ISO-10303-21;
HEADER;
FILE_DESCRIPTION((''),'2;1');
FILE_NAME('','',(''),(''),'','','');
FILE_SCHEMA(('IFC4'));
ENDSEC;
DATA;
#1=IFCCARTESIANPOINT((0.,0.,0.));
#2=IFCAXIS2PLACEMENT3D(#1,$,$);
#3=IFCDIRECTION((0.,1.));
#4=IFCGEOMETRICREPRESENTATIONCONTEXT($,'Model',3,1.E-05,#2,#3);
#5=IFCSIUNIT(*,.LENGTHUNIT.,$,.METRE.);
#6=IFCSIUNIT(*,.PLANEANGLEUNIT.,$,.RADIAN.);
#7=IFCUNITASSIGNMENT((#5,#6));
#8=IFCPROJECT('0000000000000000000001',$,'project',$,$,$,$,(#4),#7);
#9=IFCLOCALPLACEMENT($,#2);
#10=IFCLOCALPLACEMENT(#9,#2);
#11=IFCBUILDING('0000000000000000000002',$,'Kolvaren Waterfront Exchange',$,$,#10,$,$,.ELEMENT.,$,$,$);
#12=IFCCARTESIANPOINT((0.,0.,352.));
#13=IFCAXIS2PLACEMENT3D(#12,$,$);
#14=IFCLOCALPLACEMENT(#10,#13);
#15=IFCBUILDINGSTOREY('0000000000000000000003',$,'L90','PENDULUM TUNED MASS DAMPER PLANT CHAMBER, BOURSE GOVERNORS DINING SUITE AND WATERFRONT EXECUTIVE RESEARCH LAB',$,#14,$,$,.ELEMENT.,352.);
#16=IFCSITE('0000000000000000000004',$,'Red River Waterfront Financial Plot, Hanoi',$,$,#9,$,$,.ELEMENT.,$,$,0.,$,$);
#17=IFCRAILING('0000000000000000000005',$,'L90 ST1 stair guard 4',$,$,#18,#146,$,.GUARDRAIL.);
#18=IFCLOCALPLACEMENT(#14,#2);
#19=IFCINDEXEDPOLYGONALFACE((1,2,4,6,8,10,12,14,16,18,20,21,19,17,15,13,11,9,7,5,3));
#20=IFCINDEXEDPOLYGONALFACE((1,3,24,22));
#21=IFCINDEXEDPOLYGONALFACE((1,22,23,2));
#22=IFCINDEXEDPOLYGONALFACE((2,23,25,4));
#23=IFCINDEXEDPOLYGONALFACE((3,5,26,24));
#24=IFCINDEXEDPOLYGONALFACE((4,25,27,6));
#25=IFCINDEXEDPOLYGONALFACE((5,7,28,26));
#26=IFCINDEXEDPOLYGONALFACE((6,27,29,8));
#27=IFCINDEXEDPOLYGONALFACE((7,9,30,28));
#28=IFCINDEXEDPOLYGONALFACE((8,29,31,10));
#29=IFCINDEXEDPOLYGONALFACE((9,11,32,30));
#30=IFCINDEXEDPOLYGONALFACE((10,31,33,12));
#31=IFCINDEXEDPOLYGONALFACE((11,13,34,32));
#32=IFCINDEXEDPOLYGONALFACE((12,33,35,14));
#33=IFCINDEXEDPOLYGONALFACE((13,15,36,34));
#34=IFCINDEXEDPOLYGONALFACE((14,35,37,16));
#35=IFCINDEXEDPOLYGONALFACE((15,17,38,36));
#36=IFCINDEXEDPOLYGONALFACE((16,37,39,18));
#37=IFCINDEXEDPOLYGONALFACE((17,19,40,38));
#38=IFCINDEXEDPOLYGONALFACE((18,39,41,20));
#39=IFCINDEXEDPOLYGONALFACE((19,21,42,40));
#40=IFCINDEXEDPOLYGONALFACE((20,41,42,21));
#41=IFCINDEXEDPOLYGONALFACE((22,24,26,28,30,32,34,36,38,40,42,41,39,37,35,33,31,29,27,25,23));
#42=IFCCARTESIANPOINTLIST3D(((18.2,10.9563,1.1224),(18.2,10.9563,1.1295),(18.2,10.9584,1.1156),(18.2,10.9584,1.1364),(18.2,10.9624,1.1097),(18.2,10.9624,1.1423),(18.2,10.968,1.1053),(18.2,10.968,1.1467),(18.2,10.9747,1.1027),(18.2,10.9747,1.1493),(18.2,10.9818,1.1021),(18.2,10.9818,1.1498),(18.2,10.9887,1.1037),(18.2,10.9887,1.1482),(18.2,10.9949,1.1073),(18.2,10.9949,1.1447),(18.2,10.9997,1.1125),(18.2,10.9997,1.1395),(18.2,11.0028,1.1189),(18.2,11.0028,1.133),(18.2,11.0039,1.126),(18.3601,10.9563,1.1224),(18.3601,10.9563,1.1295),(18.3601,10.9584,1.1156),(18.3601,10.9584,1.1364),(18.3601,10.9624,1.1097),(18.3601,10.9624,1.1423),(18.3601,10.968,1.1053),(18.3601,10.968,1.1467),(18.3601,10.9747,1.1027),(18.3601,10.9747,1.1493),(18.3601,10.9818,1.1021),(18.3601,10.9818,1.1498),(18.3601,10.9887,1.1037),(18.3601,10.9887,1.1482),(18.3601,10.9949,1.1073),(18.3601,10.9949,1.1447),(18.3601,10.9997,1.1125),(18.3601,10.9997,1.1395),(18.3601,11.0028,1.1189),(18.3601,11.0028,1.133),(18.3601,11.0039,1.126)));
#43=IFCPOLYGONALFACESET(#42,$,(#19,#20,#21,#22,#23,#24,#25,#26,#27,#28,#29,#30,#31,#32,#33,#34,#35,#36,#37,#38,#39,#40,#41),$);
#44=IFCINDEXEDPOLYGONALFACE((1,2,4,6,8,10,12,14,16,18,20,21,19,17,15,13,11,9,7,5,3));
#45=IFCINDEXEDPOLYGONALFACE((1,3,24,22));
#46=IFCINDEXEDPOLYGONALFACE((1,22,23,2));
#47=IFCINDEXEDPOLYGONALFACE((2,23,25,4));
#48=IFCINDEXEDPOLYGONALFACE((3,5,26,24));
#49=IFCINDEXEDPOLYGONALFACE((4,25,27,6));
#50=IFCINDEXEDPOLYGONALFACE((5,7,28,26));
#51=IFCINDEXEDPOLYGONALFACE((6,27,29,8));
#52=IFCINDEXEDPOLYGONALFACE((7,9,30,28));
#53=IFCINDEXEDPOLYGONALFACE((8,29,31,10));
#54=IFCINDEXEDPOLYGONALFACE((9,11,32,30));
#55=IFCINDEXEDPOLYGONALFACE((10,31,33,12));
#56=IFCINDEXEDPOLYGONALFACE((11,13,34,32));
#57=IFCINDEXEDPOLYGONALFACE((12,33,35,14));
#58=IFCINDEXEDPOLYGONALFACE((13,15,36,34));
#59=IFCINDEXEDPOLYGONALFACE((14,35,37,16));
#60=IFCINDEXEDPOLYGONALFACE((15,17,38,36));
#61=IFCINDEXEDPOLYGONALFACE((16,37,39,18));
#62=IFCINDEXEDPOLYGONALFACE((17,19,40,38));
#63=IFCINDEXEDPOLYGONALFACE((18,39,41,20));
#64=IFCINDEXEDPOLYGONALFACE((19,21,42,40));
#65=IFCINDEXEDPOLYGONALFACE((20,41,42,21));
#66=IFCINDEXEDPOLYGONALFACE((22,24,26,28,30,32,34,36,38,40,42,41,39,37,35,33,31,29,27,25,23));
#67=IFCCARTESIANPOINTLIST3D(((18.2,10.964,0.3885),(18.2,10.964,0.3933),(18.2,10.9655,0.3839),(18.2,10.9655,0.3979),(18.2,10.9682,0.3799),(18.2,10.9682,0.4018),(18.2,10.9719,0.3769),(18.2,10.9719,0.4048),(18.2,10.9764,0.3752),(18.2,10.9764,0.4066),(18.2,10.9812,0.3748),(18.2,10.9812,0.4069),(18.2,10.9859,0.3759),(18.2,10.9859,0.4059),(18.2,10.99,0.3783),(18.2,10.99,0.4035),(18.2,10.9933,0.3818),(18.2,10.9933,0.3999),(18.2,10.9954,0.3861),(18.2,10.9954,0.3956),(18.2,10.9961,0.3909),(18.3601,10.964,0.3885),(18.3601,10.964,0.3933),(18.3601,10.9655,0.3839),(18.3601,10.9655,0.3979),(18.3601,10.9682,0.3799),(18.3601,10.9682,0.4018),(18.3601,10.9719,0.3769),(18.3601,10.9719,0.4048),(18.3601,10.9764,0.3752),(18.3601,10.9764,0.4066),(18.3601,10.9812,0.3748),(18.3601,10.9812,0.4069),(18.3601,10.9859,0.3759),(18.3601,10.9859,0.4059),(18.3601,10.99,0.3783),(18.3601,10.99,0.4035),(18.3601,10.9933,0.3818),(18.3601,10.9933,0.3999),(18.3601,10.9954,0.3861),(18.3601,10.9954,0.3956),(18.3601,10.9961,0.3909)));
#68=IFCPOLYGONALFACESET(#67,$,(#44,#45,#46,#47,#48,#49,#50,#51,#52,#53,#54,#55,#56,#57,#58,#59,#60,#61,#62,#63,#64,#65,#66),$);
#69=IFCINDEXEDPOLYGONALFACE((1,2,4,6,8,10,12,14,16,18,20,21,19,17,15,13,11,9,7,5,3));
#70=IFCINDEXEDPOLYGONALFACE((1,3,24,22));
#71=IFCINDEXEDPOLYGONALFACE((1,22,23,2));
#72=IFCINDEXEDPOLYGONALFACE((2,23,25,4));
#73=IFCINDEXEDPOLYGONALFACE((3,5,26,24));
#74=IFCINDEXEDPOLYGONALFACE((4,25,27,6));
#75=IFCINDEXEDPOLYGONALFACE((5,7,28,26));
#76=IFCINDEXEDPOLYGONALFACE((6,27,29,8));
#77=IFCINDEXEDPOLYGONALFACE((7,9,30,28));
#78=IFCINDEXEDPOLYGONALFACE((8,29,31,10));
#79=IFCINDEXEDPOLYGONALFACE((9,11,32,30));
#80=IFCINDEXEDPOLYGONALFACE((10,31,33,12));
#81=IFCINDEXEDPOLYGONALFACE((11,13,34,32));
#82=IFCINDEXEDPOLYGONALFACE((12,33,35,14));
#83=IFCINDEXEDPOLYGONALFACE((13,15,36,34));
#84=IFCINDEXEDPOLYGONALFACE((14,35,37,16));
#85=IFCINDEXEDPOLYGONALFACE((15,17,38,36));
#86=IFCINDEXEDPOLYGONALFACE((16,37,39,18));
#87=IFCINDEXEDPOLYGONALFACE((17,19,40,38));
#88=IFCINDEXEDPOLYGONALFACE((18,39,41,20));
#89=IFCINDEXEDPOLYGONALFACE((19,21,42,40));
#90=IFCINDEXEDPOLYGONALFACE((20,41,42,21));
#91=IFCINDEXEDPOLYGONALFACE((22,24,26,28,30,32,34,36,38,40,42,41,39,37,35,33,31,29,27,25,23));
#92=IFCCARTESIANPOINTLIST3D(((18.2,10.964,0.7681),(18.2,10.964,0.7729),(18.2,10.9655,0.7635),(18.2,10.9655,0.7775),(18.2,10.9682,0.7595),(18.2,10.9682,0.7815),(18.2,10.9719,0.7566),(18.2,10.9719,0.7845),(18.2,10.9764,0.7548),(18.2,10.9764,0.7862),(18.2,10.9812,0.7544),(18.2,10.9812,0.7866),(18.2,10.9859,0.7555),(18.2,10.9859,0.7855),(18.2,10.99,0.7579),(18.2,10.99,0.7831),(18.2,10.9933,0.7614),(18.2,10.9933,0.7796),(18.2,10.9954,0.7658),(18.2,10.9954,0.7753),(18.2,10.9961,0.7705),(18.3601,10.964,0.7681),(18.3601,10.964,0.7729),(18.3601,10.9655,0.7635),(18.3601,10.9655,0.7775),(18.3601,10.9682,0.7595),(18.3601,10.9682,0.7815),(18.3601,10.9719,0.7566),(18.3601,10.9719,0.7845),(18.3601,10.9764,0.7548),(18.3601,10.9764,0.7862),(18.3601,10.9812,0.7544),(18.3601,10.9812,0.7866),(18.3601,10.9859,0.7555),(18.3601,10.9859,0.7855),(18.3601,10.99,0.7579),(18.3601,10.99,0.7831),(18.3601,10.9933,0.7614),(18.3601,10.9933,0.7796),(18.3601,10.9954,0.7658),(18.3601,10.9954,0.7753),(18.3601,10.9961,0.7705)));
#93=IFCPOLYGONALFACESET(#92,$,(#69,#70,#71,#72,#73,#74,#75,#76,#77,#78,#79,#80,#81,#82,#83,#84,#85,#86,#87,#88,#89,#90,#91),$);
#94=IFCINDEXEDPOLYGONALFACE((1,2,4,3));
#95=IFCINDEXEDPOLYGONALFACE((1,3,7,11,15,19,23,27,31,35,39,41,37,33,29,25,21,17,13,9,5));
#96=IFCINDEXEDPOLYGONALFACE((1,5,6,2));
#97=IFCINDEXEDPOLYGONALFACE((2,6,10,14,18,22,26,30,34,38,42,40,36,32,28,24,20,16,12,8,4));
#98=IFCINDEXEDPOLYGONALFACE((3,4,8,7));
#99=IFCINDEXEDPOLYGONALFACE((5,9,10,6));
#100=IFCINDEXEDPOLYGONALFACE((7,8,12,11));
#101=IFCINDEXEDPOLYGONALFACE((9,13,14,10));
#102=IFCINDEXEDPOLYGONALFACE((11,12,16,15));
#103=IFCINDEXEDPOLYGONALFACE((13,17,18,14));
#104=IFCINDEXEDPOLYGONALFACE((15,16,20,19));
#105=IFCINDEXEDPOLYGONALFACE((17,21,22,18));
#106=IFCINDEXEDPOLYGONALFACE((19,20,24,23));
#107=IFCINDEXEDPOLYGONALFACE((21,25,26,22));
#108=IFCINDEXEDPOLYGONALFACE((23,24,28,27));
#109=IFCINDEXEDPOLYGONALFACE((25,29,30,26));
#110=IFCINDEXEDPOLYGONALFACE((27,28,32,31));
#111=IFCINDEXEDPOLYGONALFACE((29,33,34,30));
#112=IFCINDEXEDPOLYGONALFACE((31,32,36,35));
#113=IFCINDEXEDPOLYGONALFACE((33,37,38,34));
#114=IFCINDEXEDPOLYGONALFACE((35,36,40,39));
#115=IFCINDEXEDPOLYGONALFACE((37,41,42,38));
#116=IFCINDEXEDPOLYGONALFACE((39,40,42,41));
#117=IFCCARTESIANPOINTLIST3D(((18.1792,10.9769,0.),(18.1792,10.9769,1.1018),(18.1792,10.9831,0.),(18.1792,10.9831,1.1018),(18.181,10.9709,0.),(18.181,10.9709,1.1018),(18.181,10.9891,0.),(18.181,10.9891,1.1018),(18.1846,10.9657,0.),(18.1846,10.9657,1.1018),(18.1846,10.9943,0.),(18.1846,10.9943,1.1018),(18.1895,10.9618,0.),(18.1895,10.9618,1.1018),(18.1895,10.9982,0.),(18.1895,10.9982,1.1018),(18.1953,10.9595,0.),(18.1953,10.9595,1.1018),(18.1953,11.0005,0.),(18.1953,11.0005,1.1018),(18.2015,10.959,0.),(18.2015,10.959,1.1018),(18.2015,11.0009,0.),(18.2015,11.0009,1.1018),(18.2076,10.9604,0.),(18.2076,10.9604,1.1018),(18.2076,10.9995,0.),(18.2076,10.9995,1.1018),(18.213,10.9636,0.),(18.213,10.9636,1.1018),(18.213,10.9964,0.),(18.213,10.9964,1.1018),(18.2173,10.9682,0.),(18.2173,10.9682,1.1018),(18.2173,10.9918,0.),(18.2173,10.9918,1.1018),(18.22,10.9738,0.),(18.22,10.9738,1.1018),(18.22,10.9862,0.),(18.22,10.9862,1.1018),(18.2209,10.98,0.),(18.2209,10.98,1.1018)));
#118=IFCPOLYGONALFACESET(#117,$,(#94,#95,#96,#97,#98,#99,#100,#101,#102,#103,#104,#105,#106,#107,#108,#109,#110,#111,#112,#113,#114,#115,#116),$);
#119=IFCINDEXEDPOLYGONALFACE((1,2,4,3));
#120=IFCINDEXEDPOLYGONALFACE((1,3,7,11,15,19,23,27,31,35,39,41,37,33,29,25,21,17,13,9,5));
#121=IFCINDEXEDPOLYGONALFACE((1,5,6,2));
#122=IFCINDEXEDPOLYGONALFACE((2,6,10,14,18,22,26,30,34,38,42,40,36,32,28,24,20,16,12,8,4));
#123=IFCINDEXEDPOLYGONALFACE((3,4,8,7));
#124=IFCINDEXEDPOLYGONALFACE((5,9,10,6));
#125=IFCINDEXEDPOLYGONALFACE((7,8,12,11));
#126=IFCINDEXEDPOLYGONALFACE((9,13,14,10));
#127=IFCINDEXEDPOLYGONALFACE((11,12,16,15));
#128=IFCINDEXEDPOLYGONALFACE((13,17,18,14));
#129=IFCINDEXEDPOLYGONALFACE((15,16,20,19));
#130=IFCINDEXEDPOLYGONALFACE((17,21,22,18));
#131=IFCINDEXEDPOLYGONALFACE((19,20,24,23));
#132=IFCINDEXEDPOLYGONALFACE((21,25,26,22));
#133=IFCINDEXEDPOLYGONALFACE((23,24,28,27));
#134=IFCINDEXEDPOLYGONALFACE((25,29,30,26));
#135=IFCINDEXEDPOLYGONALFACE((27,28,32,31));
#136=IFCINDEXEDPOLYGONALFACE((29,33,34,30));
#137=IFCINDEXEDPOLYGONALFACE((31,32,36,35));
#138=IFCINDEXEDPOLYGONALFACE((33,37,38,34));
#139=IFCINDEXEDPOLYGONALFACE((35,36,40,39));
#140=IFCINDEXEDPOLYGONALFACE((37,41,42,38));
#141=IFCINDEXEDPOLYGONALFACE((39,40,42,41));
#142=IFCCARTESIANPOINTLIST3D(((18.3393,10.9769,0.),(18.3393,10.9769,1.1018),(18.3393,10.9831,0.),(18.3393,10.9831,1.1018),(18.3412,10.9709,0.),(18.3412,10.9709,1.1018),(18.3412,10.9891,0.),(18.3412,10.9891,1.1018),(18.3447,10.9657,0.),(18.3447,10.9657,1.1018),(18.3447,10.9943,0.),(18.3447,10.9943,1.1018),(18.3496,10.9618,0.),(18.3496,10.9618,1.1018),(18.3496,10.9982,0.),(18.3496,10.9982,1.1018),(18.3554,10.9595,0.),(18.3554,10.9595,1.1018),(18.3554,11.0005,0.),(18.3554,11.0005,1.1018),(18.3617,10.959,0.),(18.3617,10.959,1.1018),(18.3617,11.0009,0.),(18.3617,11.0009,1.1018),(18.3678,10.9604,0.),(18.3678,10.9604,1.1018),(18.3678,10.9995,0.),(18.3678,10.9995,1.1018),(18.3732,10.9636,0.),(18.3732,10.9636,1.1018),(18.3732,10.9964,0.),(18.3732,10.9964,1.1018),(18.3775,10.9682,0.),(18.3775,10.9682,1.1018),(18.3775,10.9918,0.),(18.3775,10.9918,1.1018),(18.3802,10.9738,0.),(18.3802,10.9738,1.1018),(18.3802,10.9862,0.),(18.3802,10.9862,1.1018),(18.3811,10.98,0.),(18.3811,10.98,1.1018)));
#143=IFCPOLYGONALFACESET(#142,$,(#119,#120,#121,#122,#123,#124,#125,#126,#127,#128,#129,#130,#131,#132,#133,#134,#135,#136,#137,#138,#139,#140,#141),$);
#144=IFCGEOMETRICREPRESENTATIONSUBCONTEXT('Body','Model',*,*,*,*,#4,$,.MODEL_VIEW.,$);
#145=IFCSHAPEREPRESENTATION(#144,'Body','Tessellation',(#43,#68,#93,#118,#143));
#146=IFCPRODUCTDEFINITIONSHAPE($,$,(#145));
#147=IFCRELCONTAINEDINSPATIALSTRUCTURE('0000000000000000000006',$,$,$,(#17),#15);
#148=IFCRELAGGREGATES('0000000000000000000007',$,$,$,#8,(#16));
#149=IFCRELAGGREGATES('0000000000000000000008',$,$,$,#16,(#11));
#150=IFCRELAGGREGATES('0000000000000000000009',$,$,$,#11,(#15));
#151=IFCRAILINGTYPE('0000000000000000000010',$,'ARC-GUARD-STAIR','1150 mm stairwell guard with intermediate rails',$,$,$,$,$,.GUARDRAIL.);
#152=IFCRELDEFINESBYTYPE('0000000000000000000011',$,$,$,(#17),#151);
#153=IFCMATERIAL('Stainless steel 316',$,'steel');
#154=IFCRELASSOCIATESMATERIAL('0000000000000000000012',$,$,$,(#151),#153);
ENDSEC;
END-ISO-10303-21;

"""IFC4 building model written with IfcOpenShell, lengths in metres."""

from ifc_helpers import new_model, si_unit, direction, frame, origin, origin_2d, place, context, subcontext, project, spatial, circle, extrude, material, type_object, element, save


model = new_model("IFC4")

# Units and contexts
model_context = context("Model", 3, precision=1e-05, world=origin(), true_north=direction((0.0, 1.0)))
body_context = subcontext(model_context, "Body", "Model", "MODEL_VIEW")
ifc_project = project(units=[si_unit("LENGTHUNIT", "METRE"), si_unit("PLANEANGLEUNIT", "RADIAN")], contexts=[model_context])

# Site, building, storey
site_placement = place(None, origin())
site = spatial("IfcSite", under=ifc_project, at=site_placement, Name="Red River Waterfront Financial Plot, Hanoi", CompositionType="ELEMENT", RefElevation=0.0)
building_placement = place(site_placement, origin())
building = spatial("IfcBuilding", under=site, at=building_placement, Name="Kolvaren Waterfront Exchange", CompositionType="ELEMENT")
storey_placement = place(building_placement, frame((0.0, 0.0, 352.0)))
storey = spatial("IfcBuildingStorey", under=building, at=storey_placement, Name="L90", Description="PENDULUM TUNED MASS DAMPER PLANT CHAMBER, BOURSE GOVERNORS DINING SUITE AND WATERFRONT EXECUTIVE RESEARCH LAB", CompositionType="ELEMENT", Elevation=352.0)

# Railing
ifc_material_1 = material(Name="Stainless steel 316", Category="steel")
railing_type_1 = type_object("IfcRailingType", Name="ARC-GUARD-STAIR", Description="1150 mm stairwell guard with intermediate rails", PredefinedType="GUARDRAIL", material=ifc_material_1)
railing_1_placement = place(storey_placement, frame((18.2, 10.98, 0.0)))
element("IfcRailing", 1, at=railing_1_placement, inside=storey, type_object=railing_type_1, Name="L90 ST1 stair guard 4", PredefinedType="GUARDRAIL", context=body_context, shape_type="SweptSolid", body=[
    extrude(circle(Radius=0.0239, at=origin_2d()), frame((0.0, 0.0, 1.126), z_axis=(1.0, 0.0, 0.0), x_axis=(0.0, 1.0, 0.0)), (0.0, 0.0, 1.0), 0.1602),
    extrude(circle(Radius=0.0161, at=origin_2d()), frame((0.0, 0.0, 0.3909), z_axis=(1.0, 0.0, 0.0), x_axis=(0.0, 1.0, 0.0)), (0.0, 0.0, 1.0), 0.1602),
    extrude(circle(Radius=0.0161, at=origin_2d()), frame((0.0, 0.0, 0.7705), z_axis=(1.0, 0.0, 0.0), x_axis=(0.0, 1.0, 0.0)), (0.0, 0.0, 1.0), 0.1602),
    extrude(circle(Radius=0.021, at=origin_2d()), origin(), (0.0, 0.0, 1.0), 1.1018),
    extrude(circle(Radius=0.021, at=origin_2d()), frame((0.1602, 0.0, 0.0)), (0.0, 0.0, 1.0), 1.1018),
])

save(model, "model.ifc")
